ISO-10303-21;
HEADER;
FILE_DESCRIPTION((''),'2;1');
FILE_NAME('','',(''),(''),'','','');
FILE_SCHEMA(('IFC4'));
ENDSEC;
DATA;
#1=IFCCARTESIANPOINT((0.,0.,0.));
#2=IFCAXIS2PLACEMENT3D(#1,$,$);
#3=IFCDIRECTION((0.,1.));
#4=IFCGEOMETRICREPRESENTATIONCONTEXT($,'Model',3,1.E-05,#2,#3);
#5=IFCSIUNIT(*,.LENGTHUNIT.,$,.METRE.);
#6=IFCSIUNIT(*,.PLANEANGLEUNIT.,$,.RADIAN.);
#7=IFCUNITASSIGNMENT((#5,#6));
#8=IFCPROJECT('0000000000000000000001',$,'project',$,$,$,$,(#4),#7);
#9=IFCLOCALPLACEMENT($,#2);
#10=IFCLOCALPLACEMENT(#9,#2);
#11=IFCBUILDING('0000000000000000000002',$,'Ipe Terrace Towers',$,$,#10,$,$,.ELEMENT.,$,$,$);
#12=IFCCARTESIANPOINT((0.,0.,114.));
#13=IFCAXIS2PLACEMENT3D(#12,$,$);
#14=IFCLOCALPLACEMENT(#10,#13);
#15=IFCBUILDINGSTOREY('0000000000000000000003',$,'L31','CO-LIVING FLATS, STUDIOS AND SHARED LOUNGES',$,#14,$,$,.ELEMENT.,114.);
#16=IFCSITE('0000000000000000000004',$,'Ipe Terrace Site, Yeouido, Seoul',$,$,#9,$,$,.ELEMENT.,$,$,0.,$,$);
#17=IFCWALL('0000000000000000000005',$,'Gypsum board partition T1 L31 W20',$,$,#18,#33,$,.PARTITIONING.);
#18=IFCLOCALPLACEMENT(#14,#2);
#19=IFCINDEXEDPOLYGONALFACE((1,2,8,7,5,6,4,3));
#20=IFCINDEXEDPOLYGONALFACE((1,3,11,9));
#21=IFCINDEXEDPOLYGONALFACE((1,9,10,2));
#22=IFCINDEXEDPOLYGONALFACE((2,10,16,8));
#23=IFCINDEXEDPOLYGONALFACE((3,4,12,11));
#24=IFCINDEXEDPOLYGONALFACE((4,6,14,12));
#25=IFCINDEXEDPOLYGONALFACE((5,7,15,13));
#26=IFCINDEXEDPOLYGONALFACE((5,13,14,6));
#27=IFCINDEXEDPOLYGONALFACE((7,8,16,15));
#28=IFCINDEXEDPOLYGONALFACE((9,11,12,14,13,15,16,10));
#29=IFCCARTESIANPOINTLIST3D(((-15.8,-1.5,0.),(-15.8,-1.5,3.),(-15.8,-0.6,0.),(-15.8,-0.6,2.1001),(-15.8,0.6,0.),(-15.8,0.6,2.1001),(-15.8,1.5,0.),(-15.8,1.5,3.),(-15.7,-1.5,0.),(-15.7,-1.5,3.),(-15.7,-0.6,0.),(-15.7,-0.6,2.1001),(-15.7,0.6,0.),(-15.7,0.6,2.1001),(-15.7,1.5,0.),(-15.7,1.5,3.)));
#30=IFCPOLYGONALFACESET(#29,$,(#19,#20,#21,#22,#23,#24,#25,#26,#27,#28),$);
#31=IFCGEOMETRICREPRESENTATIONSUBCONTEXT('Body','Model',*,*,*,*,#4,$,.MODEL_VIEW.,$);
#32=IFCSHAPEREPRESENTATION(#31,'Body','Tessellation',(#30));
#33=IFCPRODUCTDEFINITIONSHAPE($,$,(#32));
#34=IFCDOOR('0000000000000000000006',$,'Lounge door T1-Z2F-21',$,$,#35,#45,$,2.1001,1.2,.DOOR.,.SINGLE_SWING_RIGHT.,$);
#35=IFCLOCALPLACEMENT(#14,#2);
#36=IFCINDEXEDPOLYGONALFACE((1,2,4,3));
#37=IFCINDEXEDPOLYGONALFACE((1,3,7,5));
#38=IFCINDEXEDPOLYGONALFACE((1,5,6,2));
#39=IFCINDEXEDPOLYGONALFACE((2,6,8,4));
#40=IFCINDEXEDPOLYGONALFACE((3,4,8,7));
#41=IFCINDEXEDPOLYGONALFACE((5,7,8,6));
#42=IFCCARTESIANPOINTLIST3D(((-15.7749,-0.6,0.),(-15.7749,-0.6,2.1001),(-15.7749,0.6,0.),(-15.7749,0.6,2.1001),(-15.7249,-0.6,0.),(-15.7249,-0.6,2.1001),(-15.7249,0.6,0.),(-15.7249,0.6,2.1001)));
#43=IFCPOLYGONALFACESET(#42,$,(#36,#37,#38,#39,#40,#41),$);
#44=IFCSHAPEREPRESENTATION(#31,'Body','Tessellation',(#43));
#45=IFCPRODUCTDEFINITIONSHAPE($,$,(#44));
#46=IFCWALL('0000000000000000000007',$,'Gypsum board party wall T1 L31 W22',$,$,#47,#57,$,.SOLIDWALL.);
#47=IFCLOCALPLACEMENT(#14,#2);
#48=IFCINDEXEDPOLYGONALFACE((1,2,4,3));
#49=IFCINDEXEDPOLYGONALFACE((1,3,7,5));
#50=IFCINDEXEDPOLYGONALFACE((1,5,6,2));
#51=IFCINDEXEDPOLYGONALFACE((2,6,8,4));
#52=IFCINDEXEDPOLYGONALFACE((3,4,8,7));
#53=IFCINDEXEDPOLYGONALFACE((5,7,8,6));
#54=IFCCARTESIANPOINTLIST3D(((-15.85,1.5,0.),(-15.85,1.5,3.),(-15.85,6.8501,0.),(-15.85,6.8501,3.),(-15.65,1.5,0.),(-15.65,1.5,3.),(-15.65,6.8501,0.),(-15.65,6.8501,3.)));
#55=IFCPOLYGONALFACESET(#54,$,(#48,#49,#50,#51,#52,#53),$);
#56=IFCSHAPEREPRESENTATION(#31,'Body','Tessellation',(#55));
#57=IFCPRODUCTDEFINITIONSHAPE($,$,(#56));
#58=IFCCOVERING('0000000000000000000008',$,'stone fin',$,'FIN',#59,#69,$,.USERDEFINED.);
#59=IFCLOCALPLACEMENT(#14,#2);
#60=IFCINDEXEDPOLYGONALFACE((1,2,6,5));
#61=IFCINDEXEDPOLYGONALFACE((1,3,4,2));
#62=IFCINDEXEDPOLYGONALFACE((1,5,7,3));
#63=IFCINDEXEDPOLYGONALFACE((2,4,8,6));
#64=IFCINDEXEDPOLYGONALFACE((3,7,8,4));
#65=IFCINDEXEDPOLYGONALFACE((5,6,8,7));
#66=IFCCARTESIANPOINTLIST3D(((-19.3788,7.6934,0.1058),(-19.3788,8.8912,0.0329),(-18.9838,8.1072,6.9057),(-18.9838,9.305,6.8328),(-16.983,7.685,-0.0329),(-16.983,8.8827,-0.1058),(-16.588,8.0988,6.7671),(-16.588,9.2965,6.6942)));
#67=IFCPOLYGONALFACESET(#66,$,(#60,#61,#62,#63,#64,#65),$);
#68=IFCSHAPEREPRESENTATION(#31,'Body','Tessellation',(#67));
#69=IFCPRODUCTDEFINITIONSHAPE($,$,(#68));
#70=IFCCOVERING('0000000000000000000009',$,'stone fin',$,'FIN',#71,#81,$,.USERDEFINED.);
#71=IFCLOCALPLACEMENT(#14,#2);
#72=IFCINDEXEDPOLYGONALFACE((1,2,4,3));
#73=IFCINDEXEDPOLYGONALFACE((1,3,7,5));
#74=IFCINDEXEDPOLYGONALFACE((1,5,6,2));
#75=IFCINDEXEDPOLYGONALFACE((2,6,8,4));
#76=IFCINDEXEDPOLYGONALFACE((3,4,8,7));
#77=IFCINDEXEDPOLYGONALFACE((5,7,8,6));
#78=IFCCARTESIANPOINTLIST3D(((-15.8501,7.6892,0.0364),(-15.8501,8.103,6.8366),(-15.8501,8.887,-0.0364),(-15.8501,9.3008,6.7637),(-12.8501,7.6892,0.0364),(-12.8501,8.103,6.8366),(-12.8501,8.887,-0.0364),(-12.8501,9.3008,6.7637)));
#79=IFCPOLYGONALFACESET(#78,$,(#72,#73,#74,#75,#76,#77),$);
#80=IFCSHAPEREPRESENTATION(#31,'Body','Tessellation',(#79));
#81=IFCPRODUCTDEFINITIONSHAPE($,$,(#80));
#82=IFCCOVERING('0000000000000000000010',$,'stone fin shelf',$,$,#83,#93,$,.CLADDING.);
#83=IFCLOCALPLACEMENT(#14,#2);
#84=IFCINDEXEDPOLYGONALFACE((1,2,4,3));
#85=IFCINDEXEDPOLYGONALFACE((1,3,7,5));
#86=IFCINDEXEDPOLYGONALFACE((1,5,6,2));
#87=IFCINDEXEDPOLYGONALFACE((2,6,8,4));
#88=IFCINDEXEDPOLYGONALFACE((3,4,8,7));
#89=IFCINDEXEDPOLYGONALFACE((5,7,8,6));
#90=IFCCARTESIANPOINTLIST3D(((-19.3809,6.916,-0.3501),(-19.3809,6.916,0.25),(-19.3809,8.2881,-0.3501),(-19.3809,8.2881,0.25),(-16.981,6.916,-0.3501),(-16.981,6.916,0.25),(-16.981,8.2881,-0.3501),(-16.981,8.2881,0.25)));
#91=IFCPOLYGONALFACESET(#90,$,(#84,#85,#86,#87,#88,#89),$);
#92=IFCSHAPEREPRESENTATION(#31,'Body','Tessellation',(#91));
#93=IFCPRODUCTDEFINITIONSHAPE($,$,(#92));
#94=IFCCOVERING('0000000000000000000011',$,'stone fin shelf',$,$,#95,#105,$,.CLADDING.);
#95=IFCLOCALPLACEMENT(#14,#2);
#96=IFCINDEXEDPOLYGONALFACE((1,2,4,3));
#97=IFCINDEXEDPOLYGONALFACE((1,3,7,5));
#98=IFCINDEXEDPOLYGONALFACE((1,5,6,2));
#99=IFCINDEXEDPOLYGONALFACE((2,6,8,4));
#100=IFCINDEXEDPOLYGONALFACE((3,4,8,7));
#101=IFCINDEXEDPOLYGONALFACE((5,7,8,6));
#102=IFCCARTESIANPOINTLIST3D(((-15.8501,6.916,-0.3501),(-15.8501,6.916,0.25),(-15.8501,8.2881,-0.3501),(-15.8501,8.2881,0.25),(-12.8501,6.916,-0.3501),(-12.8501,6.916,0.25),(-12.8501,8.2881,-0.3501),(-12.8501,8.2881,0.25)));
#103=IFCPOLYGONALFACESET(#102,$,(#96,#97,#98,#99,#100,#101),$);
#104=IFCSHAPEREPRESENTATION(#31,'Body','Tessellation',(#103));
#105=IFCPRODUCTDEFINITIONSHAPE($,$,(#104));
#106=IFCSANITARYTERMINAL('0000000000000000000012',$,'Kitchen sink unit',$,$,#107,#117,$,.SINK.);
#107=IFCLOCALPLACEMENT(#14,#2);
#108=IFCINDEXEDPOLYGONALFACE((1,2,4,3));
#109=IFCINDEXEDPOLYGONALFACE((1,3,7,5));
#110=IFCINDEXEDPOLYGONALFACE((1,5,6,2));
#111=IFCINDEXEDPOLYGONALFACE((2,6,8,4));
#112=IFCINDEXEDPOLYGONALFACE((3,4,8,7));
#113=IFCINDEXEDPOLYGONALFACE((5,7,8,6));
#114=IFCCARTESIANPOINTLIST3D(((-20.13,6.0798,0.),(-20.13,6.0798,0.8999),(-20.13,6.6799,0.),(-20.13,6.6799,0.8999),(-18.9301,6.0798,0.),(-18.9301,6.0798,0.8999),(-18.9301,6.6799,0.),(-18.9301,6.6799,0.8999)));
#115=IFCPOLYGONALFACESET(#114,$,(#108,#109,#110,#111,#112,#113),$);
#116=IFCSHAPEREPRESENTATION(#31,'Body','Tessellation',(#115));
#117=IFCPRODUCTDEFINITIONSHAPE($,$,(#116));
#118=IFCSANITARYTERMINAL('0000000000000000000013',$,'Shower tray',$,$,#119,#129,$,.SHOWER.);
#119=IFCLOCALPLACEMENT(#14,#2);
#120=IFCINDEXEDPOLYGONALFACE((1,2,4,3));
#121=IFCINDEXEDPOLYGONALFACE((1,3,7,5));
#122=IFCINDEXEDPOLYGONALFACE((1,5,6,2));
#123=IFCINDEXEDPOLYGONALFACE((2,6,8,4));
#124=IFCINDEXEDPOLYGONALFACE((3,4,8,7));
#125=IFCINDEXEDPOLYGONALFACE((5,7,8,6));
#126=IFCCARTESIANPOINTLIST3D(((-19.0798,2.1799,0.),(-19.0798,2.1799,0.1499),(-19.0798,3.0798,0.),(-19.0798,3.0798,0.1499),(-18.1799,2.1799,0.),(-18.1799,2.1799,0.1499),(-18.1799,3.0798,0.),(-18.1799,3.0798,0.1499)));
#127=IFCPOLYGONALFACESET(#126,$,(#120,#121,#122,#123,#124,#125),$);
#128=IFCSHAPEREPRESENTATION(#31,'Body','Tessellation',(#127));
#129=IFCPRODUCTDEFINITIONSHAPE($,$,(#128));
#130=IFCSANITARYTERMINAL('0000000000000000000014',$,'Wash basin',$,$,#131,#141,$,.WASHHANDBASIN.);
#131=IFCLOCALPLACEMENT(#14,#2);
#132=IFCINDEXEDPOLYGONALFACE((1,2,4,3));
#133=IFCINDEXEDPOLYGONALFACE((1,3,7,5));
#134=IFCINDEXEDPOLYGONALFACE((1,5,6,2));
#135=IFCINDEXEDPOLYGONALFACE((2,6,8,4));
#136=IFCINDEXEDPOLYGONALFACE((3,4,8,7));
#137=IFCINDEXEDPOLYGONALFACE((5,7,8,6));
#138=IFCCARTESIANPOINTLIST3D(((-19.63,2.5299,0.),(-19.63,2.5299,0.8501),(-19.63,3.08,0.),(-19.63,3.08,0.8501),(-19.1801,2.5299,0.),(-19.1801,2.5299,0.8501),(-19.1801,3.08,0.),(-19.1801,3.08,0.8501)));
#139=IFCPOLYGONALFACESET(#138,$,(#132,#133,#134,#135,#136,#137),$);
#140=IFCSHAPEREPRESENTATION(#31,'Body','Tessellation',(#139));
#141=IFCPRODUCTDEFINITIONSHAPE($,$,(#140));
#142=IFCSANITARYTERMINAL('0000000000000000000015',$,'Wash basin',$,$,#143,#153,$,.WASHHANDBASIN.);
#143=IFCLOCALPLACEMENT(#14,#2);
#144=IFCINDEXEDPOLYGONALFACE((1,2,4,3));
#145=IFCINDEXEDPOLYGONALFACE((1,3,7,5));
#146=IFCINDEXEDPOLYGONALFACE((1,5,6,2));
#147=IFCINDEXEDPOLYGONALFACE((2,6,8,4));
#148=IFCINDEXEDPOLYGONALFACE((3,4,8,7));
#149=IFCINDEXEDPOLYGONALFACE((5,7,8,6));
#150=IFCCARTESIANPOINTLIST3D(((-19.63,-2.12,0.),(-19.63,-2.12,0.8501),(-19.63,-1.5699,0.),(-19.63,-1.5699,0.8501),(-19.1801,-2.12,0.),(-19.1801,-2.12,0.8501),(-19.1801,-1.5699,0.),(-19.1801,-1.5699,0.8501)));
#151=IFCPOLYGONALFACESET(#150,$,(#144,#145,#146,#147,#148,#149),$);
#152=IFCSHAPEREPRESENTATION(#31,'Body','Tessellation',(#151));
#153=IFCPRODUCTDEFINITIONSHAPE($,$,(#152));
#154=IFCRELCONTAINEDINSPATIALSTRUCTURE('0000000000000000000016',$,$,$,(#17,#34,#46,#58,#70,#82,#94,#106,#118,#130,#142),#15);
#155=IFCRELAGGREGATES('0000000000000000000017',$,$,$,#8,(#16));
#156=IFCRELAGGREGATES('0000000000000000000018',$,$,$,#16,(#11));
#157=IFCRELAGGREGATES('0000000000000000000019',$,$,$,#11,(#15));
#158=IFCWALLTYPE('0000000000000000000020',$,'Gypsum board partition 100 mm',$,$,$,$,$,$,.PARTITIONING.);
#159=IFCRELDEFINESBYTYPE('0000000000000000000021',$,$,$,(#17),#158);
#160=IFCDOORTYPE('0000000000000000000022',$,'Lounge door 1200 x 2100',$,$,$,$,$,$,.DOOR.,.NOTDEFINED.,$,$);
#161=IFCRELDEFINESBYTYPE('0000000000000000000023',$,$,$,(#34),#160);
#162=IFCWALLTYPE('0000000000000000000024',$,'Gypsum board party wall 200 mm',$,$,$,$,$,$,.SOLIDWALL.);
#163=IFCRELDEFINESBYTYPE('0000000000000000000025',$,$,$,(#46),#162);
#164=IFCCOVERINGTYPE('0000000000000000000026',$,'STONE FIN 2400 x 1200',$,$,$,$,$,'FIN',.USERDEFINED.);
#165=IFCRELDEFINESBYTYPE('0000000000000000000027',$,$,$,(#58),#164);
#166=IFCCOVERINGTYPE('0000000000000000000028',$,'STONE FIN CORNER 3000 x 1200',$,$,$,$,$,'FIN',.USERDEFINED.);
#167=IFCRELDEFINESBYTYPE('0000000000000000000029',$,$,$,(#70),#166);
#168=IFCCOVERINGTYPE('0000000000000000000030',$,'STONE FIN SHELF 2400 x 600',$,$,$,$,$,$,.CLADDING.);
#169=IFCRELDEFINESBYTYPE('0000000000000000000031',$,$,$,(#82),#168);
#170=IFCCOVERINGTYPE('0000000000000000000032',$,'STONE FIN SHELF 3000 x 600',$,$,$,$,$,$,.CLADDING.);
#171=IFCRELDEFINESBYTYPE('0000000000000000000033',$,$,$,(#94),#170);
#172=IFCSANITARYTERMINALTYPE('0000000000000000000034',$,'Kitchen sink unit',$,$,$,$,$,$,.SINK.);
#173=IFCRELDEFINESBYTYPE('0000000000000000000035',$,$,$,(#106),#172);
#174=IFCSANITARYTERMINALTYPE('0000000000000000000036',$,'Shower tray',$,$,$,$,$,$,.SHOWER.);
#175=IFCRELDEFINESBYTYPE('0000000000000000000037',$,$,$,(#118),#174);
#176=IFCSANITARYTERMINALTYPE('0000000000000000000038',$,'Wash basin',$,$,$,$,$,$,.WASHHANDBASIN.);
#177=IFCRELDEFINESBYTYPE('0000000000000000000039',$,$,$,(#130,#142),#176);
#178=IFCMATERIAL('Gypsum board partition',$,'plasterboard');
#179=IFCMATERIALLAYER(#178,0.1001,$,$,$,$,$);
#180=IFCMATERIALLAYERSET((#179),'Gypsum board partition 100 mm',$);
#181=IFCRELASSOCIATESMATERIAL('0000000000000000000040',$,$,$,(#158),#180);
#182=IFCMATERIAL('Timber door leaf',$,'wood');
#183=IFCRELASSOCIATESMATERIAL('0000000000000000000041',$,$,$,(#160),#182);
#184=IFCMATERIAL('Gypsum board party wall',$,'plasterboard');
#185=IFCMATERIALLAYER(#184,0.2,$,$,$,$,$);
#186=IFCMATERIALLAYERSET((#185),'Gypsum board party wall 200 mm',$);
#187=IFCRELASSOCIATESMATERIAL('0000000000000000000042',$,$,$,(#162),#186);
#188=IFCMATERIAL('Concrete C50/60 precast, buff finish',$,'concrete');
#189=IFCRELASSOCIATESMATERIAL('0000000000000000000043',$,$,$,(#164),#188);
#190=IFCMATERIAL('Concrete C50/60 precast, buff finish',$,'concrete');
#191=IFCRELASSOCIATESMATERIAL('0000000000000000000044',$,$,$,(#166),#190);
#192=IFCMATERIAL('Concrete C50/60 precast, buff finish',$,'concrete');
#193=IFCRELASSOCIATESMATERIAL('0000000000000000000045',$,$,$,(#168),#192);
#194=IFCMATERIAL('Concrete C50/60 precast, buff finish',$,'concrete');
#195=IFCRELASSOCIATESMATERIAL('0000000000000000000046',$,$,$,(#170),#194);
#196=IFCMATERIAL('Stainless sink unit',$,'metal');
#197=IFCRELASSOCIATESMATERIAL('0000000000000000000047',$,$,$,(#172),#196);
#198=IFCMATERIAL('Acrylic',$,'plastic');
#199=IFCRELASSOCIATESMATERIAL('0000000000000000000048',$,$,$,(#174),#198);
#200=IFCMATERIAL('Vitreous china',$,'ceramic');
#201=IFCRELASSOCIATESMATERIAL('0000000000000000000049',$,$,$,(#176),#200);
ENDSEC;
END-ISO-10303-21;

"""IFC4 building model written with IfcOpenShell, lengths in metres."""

from ifc_helpers import new_model, si_unit, direction, frame, frame_2d, origin, origin_2d, place, context, subcontext, project, spatial, rectangle, extrude, material, layer, layer_set, material_profile, profile_set, type_object, element, fill, save


model = new_model("IFC4")

# Units and contexts
model_context = context("Model", 3, precision=1e-05, world=origin(), true_north=direction((0.0, 1.0)))
body_context = subcontext(model_context, "Body", "Model", "MODEL_VIEW")
ifc_project = project(units=[si_unit("LENGTHUNIT", "METRE"), si_unit("PLANEANGLEUNIT", "RADIAN")], contexts=[model_context])

# Site, building, storey
site_placement = place(None, origin())
site = spatial("IfcSite", under=ifc_project, at=site_placement, Name="Ipe Terrace Site, Yeouido, Seoul", CompositionType="ELEMENT", RefElevation=0.0)
building_placement = place(site_placement, origin())
building = spatial("IfcBuilding", under=site, at=building_placement, Name="Ipe Terrace Towers", CompositionType="ELEMENT")
storey_placement = place(building_placement, frame((0.0, 0.0, 114.0)))
storey = spatial("IfcBuildingStorey", under=building, at=storey_placement, Name="L31", Description="CO-LIVING FLATS, STUDIOS AND SHARED LOUNGES", CompositionType="ELEMENT", Elevation=114.0)

# Wall, opening, door
ifc_material_1 = material(Name="Gypsum board partition", Category="plasterboard")
ifc_layer_1 = layer(ifc_material_1, 0.1001)
ifc_layer_set_1 = layer_set([ifc_layer_1], Name="Gypsum board partition 100 mm")
wall_type_1 = type_object("IfcWallType", Name="Gypsum board partition 100 mm", PredefinedType="PARTITIONING", material=ifc_layer_set_1)
wall_1_placement = place(storey_placement, frame((-15.75, -1.5, 0.0), z_axis=(0.0, 0.0, 1.0), x_axis=(0.0, 1.0, 0.0)))
wall_1 = element("IfcWall", 1, at=wall_1_placement, inside=storey, type_object=wall_type_1, Name="Gypsum board partition T1 L31 W20", PredefinedType="PARTITIONING", context=body_context, shape_type="SweptSolid", body=[
    extrude(rectangle(XDim=3.0, YDim=0.1001, at=frame_2d((1.5, 0.0))), origin(), (0.0, 0.0, 1.0), 3.0),
])
opening_1_placement = place(wall_1_placement, frame((0.8999, 0.0, 0.0)))
opening_1 = element("IfcOpeningElement", 2, at=opening_1_placement, cuts=wall_1, PredefinedType="OPENING", context=body_context, shape_type="SweptSolid", body=[
    extrude(rectangle(XDim=1.2, YDim=2.1001, at=frame_2d((0.6001, 1.05))), frame((0.0, 0.0601, 0.0), z_axis=(0.0, -1.0, 0.0), x_axis=(1.0, 0.0, 0.0)), (0.0, 0.0, 1.0), 0.1201),
])
ifc_material_2 = material(Name="Timber door leaf", Category="wood")
door_type_1 = type_object("IfcDoorType", Name="Lounge door 1200 x 2100", OperationType="NOTDEFINED", PredefinedType="DOOR", material=ifc_material_2)
door_1_placement = place(opening_1_placement, origin())
door_1 = element("IfcDoor", 3, at=door_1_placement, inside=storey, type_object=door_type_1, Name="Lounge door T1-Z2F-21", OperationType="SINGLE_SWING_RIGHT", OverallHeight=2.1001, OverallWidth=1.2, PredefinedType="DOOR", context=body_context, shape_type="SweptSolid", body=[
    extrude(rectangle(XDim=1.2, YDim=2.1001, at=frame_2d((0.6001, 1.05))), frame((0.0, 0.0249, 0.0), z_axis=(0.0, -1.0, 0.0), x_axis=(1.0, 0.0, 0.0)), (0.0, 0.0, 1.0), 0.05),
])
fill(opening_1, door_1)

# Wall
ifc_material_3 = material(Name="Gypsum board party wall", Category="plasterboard")
ifc_layer_2 = layer(ifc_material_3, 0.2)
ifc_layer_set_2 = layer_set([ifc_layer_2], Name="Gypsum board party wall 200 mm")
wall_type_2 = type_object("IfcWallType", Name="Gypsum board party wall 200 mm", PredefinedType="SOLIDWALL", material=ifc_layer_set_2)
wall_2_placement = place(storey_placement, frame((-15.75, 1.5, 0.0), z_axis=(0.0, 0.0, 1.0), x_axis=(0.0, 1.0, 0.0)))
element("IfcWall", 4, at=wall_2_placement, inside=storey, type_object=wall_type_2, Name="Gypsum board party wall T1 L31 W22", PredefinedType="SOLIDWALL", context=body_context, shape_type="SweptSolid", body=[
    extrude(rectangle(XDim=5.3501, YDim=0.2, at=frame_2d((2.675, 0.0))), origin(), (0.0, 0.0, 1.0), 3.0),
])

# Coverings
ifc_material_4 = material(Name="Concrete C50/60 precast, buff finish", Category="concrete")
ifc_material_profile_1 = material_profile(ifc_material_4, rectangle(XDim=2.3999, YDim=1.2, at=origin_2d()), Name="STONE FIN 2400 x 1200")
ifc_profile_set_1 = profile_set([ifc_material_profile_1], Name="Concrete C50/60 precast, buff finish")
covering_type_1 = type_object("IfcCoveringType", Name="STONE FIN 2400 x 1200", ElementType="FIN", PredefinedType="USERDEFINED", material=ifc_profile_set_1)
covering_1_placement = place(storey_placement, frame((-18.1809, 8.2881, 0.0), z_axis=(0.057886, 0.060641, 0.99648), x_axis=(-0.998323, 0.003516, 0.057779)))
element("IfcCovering", 5, at=covering_1_placement, inside=storey, type_object=covering_type_1, Name="stone fin", ObjectType="FIN", PredefinedType="USERDEFINED", context=body_context, shape_type="SweptSolid", body=[
    extrude(rectangle(XDim=2.3999, YDim=1.2, at=origin_2d()), origin(), (0.0, 0.0, 1.0), 6.824),
])
ifc_material_5 = material(Name="Concrete C50/60 precast, buff finish", Category="concrete")
ifc_material_profile_2 = material_profile(ifc_material_5, rectangle(XDim=3.0, YDim=1.2, at=origin_2d()), Name="STONE FIN CORNER 3000 x 1200")
ifc_profile_set_2 = profile_set([ifc_material_profile_2], Name="Concrete C50/60 precast, buff finish")
covering_type_2 = type_object("IfcCoveringType", Name="STONE FIN CORNER 3000 x 1200", ElementType="FIN", PredefinedType="USERDEFINED", material=ifc_profile_set_2)
covering_2_placement = place(storey_placement, frame((-14.3501, 8.2881, 0.0), z_axis=(0.0, 0.060743, 0.998153), x_axis=(-1.0, 0.0, 0.0)))
element("IfcCovering", 6, at=covering_2_placement, inside=storey, type_object=covering_type_2, Name="stone fin", ObjectType="FIN", PredefinedType="USERDEFINED", context=body_context, shape_type="SweptSolid", body=[
    extrude(rectangle(XDim=3.0, YDim=1.2, at=origin_2d()), origin(), (0.0, 0.0, 1.0), 6.8127),
])
ifc_material_6 = material(Name="Concrete C50/60 precast, buff finish", Category="concrete")
covering_type_3 = type_object("IfcCoveringType", Name="STONE FIN SHELF 2400 x 600", PredefinedType="CLADDING", material=ifc_material_6)
covering_3_placement = place(storey_placement, frame((-18.1809, 7.6021, -0.3501), z_axis=(0.0, 0.0, 1.0), x_axis=(-1.0, 0.0, 0.0)))
element("IfcCovering", 7, at=covering_3_placement, inside=storey, type_object=covering_type_3, Name="stone fin shelf", PredefinedType="CLADDING", context=body_context, shape_type="SweptSolid", body=[
    extrude(rectangle(XDim=2.3999, YDim=1.3721, at=origin_2d()), origin(), (0.0, 0.0, 1.0), 0.6001),
])
ifc_material_7 = material(Name="Concrete C50/60 precast, buff finish", Category="concrete")
covering_type_4 = type_object("IfcCoveringType", Name="STONE FIN SHELF 3000 x 600", PredefinedType="CLADDING", material=ifc_material_7)
covering_4_placement = place(storey_placement, frame((-14.3501, 7.6021, -0.3501), z_axis=(0.0, 0.0, 1.0), x_axis=(-1.0, 0.0, 0.0)))
element("IfcCovering", 8, at=covering_4_placement, inside=storey, type_object=covering_type_4, Name="stone fin shelf", PredefinedType="CLADDING", context=body_context, shape_type="SweptSolid", body=[
    extrude(rectangle(XDim=3.0, YDim=1.3721, at=origin_2d()), origin(), (0.0, 0.0, 1.0), 0.6001),
])

# Sanitary terminals
ifc_material_8 = material(Name="Stainless sink unit", Category="metal")
sanitary_terminal_type_1 = type_object("IfcSanitaryTerminalType", Name="Kitchen sink unit", PredefinedType="SINK", material=ifc_material_8)
sanitary_terminal_1_placement = place(storey_placement, frame((-19.53, 6.3799, 0.0), z_axis=(0.0, 0.0, 1.0), x_axis=(1.0, 0.0, 0.0)))
element("IfcSanitaryTerminal", 9, at=sanitary_terminal_1_placement, inside=storey, type_object=sanitary_terminal_type_1, Name="Kitchen sink unit", PredefinedType="SINK", context=body_context, shape_type="SweptSolid", body=[
    extrude(rectangle(XDim=1.2, YDim=0.6001, at=origin_2d()), origin(), (0.0, 0.0, 1.0), 0.8999),
])
ifc_material_9 = material(Name="Acrylic", Category="plastic")
sanitary_terminal_type_2 = type_object("IfcSanitaryTerminalType", Name="Shower tray", PredefinedType="SHOWER", material=ifc_material_9)
sanitary_terminal_2_placement = place(storey_placement, frame((-18.6299, 2.6299, 0.0), z_axis=(0.0, 0.0, 1.0), x_axis=(0.0, -1.0, 0.0)))
element("IfcSanitaryTerminal", 10, at=sanitary_terminal_2_placement, inside=storey, type_object=sanitary_terminal_type_2, Name="Shower tray", PredefinedType="SHOWER", context=body_context, shape_type="SweptSolid", body=[
    extrude(rectangle(XDim=0.8999, YDim=0.8999, at=origin_2d()), origin(), (0.0, 0.0, 1.0), 0.1499),
])
ifc_material_10 = material(Name="Vitreous china", Category="ceramic")
sanitary_terminal_type_3 = type_object("IfcSanitaryTerminalType", Name="Wash basin", PredefinedType="WASHHANDBASIN", material=ifc_material_10)
for number, where, z_axis, x_axis, name in (
    (11, (-19.405, 2.8049, 0.0), (0.0, 0.0, 1.0), (0.0, -1.0, 0.0), "Wash basin"),
    (12, (-19.405, -1.845, 0.0), (0.0, 0.0, 1.0), (0.0, -1.0, 0.0), "Wash basin"),
):
    element("IfcSanitaryTerminal", number, at=place(storey_placement, frame(where, z_axis=z_axis, x_axis=x_axis)), inside=storey, type_object=sanitary_terminal_type_3, Name=name, PredefinedType="WASHHANDBASIN", context=body_context, shape_type="SweptSolid", body=[
        extrude(rectangle(XDim=0.55, YDim=0.45, at=origin_2d()), origin(), (0.0, 0.0, 1.0), 0.8501),
    ])

save(model, "model.ifc")
